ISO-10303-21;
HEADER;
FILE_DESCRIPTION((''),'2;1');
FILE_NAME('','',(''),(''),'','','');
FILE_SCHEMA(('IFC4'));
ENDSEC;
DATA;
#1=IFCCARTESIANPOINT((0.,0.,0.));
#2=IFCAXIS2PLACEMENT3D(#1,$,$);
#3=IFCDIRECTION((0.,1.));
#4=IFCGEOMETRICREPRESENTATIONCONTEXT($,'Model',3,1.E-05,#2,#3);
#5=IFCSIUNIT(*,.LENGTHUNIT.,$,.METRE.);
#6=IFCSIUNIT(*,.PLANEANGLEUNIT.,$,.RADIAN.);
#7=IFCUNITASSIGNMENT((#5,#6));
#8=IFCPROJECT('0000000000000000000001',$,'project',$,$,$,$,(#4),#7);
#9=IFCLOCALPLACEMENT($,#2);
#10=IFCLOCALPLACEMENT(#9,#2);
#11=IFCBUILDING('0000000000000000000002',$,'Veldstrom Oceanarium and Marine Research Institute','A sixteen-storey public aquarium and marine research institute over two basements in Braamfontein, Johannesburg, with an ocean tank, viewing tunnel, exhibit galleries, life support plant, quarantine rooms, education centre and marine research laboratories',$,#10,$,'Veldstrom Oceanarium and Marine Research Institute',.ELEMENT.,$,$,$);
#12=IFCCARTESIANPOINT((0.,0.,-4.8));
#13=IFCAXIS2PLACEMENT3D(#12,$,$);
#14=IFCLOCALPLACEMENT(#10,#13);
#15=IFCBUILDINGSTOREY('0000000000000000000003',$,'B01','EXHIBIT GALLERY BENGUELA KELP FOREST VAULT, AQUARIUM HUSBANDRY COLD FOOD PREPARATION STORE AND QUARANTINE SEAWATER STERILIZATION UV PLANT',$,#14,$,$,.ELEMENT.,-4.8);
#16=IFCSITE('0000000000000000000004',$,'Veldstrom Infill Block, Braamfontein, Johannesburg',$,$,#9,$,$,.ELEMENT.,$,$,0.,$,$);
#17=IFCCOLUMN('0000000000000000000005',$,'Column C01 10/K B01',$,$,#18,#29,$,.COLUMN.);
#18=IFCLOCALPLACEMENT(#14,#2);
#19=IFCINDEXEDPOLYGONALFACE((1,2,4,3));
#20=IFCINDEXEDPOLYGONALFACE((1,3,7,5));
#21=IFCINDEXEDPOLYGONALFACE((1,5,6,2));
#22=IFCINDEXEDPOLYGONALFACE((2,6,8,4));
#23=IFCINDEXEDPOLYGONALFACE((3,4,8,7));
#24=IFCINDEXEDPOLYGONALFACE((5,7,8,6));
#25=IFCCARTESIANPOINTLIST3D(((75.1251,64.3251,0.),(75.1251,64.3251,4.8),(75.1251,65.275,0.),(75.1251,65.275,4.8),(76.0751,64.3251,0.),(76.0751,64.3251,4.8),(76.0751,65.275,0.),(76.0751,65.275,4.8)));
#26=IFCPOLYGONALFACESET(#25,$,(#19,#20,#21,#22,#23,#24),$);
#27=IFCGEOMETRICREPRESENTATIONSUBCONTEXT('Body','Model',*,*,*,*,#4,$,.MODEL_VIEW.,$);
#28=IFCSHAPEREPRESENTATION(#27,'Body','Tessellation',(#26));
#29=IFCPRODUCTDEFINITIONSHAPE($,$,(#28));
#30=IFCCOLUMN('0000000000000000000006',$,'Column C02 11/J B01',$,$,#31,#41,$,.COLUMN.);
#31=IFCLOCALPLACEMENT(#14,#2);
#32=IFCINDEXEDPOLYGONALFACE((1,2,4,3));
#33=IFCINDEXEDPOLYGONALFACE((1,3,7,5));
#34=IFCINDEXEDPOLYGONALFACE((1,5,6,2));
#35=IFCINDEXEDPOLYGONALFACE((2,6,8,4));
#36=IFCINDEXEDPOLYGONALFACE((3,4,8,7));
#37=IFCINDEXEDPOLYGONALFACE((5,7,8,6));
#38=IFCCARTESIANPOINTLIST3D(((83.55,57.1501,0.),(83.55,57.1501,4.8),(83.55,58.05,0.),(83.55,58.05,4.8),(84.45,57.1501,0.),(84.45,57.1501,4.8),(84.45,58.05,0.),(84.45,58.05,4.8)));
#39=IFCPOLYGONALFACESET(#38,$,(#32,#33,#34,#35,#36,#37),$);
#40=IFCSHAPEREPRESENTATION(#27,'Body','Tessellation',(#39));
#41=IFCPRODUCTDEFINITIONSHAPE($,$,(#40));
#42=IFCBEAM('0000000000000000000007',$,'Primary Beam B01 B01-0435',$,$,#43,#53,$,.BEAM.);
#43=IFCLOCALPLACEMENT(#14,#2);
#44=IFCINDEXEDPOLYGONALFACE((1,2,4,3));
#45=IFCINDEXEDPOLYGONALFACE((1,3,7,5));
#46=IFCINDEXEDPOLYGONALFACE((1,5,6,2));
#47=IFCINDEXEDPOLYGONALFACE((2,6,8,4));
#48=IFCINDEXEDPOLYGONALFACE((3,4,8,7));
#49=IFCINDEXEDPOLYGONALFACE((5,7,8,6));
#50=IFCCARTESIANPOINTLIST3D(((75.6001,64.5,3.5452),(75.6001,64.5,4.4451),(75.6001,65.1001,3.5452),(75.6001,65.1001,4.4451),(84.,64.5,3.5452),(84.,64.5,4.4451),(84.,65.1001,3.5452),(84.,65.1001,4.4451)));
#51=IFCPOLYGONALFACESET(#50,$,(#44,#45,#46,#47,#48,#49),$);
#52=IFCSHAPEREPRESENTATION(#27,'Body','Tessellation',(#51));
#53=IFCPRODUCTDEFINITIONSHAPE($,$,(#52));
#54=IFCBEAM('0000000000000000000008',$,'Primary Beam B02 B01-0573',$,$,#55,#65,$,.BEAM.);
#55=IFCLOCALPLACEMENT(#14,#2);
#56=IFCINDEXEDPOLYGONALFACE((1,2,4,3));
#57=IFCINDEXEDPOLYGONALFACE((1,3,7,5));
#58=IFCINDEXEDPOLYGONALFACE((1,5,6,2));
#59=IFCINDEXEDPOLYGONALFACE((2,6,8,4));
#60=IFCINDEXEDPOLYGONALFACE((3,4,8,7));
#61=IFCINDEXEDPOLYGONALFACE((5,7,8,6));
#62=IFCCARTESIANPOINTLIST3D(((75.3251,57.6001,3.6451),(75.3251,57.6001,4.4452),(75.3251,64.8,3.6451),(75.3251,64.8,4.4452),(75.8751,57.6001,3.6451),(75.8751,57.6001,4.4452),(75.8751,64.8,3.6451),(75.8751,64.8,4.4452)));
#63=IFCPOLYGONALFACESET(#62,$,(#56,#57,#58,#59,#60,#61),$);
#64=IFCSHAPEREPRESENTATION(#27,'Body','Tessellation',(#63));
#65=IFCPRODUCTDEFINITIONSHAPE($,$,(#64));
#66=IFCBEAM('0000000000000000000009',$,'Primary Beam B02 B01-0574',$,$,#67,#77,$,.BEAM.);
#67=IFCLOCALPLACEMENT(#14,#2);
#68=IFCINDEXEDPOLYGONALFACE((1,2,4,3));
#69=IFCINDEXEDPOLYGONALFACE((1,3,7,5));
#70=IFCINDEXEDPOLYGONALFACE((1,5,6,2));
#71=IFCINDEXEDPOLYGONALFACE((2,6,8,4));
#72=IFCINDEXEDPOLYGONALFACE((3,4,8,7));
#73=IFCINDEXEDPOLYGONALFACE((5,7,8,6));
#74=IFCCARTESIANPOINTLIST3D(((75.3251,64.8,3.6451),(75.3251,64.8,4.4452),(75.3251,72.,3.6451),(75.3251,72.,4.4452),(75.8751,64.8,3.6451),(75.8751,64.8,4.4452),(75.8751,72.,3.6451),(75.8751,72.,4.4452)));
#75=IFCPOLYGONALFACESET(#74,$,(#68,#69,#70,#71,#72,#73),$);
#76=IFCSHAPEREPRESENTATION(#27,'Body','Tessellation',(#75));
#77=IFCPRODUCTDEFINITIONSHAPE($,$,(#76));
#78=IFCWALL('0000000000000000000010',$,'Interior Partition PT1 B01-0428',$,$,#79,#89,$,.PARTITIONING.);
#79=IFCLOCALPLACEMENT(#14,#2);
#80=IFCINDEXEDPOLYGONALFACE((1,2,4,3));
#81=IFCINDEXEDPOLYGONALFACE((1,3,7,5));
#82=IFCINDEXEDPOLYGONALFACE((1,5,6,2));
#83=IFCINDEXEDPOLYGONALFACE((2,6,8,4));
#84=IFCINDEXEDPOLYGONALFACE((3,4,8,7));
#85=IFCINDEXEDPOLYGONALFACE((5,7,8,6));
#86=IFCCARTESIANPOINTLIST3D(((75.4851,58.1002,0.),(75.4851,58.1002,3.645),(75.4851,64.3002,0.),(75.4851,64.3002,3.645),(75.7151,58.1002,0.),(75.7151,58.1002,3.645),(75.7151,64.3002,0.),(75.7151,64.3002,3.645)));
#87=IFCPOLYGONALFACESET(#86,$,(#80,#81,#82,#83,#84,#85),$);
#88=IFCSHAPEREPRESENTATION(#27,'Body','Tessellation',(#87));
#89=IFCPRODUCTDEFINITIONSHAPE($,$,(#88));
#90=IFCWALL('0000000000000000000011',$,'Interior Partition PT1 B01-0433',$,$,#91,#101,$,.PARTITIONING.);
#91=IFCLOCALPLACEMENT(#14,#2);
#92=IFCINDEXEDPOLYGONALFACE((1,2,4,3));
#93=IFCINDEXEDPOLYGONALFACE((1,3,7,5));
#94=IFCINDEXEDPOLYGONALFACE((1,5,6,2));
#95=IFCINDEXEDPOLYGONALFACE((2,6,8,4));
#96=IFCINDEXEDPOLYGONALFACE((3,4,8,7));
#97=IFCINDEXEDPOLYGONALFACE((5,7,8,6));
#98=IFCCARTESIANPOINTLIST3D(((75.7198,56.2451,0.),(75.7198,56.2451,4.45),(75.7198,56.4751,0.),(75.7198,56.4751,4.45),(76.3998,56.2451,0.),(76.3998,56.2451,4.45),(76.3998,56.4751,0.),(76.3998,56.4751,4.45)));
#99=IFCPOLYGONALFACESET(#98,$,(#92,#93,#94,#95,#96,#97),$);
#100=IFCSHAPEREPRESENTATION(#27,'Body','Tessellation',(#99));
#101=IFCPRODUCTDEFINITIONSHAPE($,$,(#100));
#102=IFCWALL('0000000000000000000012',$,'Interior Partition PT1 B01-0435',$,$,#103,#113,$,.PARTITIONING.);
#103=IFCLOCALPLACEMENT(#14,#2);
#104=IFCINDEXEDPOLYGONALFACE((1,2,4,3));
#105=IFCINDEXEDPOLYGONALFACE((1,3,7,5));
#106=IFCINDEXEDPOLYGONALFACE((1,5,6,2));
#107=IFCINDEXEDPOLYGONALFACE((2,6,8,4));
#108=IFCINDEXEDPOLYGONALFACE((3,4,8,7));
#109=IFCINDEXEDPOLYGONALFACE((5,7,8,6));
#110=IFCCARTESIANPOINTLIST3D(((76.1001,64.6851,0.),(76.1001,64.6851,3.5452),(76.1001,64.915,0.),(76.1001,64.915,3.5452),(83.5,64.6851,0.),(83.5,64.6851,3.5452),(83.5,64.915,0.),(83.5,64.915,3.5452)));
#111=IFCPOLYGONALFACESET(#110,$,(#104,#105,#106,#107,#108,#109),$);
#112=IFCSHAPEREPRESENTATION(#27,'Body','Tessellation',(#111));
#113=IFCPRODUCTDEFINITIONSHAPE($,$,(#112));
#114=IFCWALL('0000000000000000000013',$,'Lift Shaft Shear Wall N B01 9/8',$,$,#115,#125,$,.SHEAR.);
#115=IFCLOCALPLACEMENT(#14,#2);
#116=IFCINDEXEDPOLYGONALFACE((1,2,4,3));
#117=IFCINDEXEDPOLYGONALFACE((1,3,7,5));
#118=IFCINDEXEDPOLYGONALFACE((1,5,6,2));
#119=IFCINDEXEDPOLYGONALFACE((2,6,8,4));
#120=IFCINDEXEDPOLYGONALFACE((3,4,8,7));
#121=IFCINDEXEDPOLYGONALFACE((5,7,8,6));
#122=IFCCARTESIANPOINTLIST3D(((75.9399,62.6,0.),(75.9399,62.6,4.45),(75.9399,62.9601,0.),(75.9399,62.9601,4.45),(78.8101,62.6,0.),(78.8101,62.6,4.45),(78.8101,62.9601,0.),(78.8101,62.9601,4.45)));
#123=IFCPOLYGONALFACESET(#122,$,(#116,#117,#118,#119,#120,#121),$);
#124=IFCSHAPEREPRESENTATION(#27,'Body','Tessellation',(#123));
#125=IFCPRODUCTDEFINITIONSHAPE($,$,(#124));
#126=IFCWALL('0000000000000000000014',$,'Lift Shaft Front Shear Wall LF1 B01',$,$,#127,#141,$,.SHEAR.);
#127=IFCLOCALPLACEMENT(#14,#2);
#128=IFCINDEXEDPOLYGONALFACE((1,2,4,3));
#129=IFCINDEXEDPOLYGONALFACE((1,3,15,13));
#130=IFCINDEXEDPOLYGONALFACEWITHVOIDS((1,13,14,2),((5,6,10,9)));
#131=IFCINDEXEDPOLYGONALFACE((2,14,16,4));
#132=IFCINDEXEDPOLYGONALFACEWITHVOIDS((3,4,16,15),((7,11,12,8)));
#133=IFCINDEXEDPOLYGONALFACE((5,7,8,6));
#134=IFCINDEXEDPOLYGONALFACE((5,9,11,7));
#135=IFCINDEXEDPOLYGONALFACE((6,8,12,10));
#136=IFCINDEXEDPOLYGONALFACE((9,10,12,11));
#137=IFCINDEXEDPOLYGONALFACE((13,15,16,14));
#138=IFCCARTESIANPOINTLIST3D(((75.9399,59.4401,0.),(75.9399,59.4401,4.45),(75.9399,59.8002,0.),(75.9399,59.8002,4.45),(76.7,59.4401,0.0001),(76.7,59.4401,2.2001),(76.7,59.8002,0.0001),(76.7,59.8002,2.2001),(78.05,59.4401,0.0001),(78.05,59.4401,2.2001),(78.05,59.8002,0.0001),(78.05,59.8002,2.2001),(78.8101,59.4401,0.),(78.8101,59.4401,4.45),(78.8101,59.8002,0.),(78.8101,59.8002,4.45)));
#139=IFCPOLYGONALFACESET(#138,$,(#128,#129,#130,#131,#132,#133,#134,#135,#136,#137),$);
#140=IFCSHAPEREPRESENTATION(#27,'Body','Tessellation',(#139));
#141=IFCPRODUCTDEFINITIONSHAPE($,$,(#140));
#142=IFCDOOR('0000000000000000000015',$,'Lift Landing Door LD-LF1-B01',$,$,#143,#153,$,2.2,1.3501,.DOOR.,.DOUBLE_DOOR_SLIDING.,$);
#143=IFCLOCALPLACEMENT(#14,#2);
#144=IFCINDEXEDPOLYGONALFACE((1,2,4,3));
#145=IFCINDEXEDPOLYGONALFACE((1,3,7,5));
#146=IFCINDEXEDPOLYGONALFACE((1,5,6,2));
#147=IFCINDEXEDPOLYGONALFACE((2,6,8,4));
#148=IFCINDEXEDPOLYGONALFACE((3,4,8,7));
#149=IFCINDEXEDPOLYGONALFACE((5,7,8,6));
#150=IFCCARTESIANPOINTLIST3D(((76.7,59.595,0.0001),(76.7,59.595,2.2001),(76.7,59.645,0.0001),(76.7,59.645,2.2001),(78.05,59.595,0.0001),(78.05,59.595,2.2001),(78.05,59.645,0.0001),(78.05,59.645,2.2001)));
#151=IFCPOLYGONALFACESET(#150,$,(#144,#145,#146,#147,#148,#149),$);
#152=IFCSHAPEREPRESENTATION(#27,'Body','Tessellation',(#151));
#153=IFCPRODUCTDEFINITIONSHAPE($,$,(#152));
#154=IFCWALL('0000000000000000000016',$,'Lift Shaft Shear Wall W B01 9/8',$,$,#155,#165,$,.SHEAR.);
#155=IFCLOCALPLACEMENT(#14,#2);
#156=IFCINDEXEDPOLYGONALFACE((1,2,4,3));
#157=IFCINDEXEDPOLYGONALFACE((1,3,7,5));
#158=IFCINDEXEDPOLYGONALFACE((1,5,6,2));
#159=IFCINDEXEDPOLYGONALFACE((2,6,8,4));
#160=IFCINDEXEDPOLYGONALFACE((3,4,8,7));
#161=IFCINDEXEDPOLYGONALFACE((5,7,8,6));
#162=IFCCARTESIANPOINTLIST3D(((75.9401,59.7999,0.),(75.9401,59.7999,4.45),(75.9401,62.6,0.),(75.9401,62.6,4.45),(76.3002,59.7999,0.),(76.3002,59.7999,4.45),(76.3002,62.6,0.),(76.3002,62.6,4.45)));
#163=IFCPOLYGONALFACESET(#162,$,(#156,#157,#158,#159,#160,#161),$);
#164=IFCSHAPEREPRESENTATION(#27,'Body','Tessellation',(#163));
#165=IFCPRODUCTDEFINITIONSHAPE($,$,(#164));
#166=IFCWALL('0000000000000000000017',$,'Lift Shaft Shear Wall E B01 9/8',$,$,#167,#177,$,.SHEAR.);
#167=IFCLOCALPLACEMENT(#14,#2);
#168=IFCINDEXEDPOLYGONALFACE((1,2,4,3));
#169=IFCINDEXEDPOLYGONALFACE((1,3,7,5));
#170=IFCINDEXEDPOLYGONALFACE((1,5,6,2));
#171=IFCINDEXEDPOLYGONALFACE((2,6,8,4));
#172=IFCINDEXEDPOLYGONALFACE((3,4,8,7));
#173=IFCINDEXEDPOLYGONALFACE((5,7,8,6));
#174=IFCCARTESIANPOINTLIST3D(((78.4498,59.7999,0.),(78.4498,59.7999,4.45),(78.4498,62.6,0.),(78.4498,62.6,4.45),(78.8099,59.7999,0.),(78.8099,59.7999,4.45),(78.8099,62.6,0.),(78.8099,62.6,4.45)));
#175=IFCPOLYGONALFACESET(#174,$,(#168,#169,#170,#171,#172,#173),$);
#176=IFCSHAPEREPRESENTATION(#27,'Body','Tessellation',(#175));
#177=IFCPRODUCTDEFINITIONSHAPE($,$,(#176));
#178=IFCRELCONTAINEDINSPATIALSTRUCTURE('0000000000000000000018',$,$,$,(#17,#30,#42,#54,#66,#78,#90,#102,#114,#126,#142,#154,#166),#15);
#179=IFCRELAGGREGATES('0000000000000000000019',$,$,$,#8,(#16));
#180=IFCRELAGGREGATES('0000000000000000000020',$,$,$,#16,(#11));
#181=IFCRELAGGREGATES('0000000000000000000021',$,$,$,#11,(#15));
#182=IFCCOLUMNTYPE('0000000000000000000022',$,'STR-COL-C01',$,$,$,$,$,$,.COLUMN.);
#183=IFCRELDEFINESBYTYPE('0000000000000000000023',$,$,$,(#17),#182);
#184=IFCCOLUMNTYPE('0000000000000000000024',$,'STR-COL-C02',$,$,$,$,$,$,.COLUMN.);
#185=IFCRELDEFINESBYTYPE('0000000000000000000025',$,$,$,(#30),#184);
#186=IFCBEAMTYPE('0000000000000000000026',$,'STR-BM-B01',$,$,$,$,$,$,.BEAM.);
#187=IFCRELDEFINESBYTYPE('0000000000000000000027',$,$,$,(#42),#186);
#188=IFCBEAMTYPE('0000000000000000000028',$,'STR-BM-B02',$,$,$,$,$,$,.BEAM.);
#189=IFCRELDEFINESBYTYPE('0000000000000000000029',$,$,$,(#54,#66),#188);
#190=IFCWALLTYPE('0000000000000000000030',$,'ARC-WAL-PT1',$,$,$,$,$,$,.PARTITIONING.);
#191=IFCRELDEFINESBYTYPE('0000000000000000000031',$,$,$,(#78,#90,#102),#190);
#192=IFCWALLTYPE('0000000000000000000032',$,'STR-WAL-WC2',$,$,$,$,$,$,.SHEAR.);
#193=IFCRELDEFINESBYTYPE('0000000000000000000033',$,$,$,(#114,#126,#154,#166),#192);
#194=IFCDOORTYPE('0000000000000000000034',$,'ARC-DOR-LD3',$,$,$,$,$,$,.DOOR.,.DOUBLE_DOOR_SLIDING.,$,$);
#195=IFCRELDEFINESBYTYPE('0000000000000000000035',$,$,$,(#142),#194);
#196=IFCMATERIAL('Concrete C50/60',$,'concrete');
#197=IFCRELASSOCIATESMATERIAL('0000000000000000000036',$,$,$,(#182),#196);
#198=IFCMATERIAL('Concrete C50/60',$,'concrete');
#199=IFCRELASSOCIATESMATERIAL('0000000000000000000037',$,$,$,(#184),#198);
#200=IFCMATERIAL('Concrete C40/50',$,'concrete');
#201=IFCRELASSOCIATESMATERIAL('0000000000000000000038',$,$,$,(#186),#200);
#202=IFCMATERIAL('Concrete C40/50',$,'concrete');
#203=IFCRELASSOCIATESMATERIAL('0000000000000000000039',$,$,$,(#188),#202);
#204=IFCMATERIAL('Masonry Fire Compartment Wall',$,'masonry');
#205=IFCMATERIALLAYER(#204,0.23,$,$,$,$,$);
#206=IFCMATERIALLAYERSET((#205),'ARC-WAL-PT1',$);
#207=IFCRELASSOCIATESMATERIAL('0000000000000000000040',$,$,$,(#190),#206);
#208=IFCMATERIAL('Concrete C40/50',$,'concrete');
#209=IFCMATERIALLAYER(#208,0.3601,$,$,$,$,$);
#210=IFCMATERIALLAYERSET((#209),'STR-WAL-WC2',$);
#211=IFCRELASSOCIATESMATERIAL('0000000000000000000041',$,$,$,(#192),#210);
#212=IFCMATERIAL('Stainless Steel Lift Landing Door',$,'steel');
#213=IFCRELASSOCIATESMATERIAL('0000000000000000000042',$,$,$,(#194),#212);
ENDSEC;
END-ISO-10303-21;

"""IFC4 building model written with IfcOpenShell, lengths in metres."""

from ifc_helpers import new_model, si_unit, direction, frame, frame_2d, origin, origin_2d, place, context, subcontext, project, spatial, rectangle, extrude, material, layer, layer_set, material_profile, profile_set, type_object, element, fill, save


model = new_model("IFC4")

# Units and contexts
model_context = context("Model", 3, precision=1e-05, world=origin(), true_north=direction((0.0, 1.0)))
body_context = subcontext(model_context, "Body", "Model", "MODEL_VIEW")
ifc_project = project(units=[si_unit("LENGTHUNIT", "METRE"), si_unit("PLANEANGLEUNIT", "RADIAN")], contexts=[model_context])

# Site, building, storey
site_placement = place(None, origin())
site = spatial("IfcSite", under=ifc_project, at=site_placement, Name="Veldstrom Infill Block, Braamfontein, Johannesburg", CompositionType="ELEMENT", RefElevation=0.0)
building_placement = place(site_placement, origin())
building = spatial("IfcBuilding", under=site, at=building_placement, Name="Veldstrom Oceanarium and Marine Research Institute", Description="A sixteen-storey public aquarium and marine research institute over two basements in Braamfontein, Johannesburg, with an ocean tank, viewing tunnel, exhibit galleries, life support plant, quarantine rooms, education centre and marine research laboratories", LongName="Veldstrom Oceanarium and Marine Research Institute", CompositionType="ELEMENT")
storey_placement = place(building_placement, frame((0.0, 0.0, -4.8)))
storey = spatial("IfcBuildingStorey", under=building, at=storey_placement, Name="B01", Description="EXHIBIT GALLERY BENGUELA KELP FOREST VAULT, AQUARIUM HUSBANDRY COLD FOOD PREPARATION STORE AND QUARANTINE SEAWATER STERILIZATION UV PLANT", CompositionType="ELEMENT", Elevation=-4.8)

# Columns
ifc_material_1 = material(Name="Concrete C50/60", Category="concrete")
ifc_material_profile_1 = material_profile(ifc_material_1, rectangle(XDim=0.95, YDim=0.95, at=origin_2d()), Name="RC-COL-950x950")
ifc_profile_set_1 = profile_set([ifc_material_profile_1], Name="Concrete C50/60")
column_type_1 = type_object("IfcColumnType", Name="STR-COL-C01", PredefinedType="COLUMN", material=ifc_profile_set_1)
column_1_placement = place(storey_placement, frame((75.6001, 64.8, 0.0), z_axis=(0.0, 0.0, 1.0), x_axis=(1.0, 0.0, 0.0)))
element("IfcColumn", 1, at=column_1_placement, inside=storey, type_object=column_type_1, Name="Column C01 10/K B01", PredefinedType="COLUMN", context=body_context, shape_type="SweptSolid", body=[
    extrude(rectangle(XDim=0.95, YDim=0.95, at=origin_2d()), origin(), (0.0, 0.0, 1.0), 4.8),
])
ifc_material_2 = material(Name="Concrete C50/60", Category="concrete")
ifc_material_profile_2 = material_profile(ifc_material_2, rectangle(XDim=0.8999, YDim=0.8999, at=origin_2d()), Name="RC-COL-900x900")
ifc_profile_set_2 = profile_set([ifc_material_profile_2], Name="Concrete C50/60")
column_type_2 = type_object("IfcColumnType", Name="STR-COL-C02", PredefinedType="COLUMN", material=ifc_profile_set_2)
column_2_placement = place(storey_placement, frame((84.0, 57.6001, 0.0), z_axis=(0.0, 0.0, 1.0), x_axis=(1.0, 0.0, 0.0)))
element("IfcColumn", 2, at=column_2_placement, inside=storey, type_object=column_type_2, Name="Column C02 11/J B01", PredefinedType="COLUMN", context=body_context, shape_type="SweptSolid", body=[
    extrude(rectangle(XDim=0.8999, YDim=0.8999, at=origin_2d()), origin(), (0.0, 0.0, 1.0), 4.8),
])

# Beams
ifc_material_3 = material(Name="Concrete C40/50", Category="concrete")
ifc_material_profile_3 = material_profile(ifc_material_3, rectangle(XDim=0.6001, YDim=0.8999, at=origin_2d()), Name="RC-BM-600x900")
ifc_profile_set_3 = profile_set([ifc_material_profile_3], Name="Concrete C40/50")
beam_type_1 = type_object("IfcBeamType", Name="STR-BM-B01", PredefinedType="BEAM", material=ifc_profile_set_3)
beam_placement = place(storey_placement, frame((75.6001, 64.8, 3.9951), z_axis=(1.0, 0.0, 0.0), x_axis=(0.0, 1.0, 0.0)))
element("IfcBeam", 3, at=beam_placement, inside=storey, type_object=beam_type_1, Name="Primary Beam B01 B01-0435", PredefinedType="BEAM", context=body_context, shape_type="SweptSolid", body=[
    extrude(rectangle(XDim=0.6001, YDim=0.8999, at=origin_2d()), origin(), (0.0, 0.0, 1.0), 8.3999),
])
ifc_material_4 = material(Name="Concrete C40/50", Category="concrete")
ifc_material_profile_4 = material_profile(ifc_material_4, rectangle(XDim=0.55, YDim=0.8, at=origin_2d()), Name="RC-BM-550x800")
ifc_profile_set_4 = profile_set([ifc_material_profile_4], Name="Concrete C40/50")
beam_type_2 = type_object("IfcBeamType", Name="STR-BM-B02", PredefinedType="BEAM", material=ifc_profile_set_4)
for number, where, z_axis, x_axis, name in (
    (4, (75.6001, 57.6001, 4.0452), (0.0, 1.0, 0.0), (-1.0, 0.0, 0.0), "Primary Beam B02 B01-0573"),
    (5, (75.6001, 64.8, 4.0452), (0.0, 1.0, 0.0), (-1.0, 0.0, 0.0), "Primary Beam B02 B01-0574"),
):
    element("IfcBeam", number, at=place(storey_placement, frame(where, z_axis=z_axis, x_axis=x_axis)), inside=storey, type_object=beam_type_2, Name=name, PredefinedType="BEAM", context=body_context, shape_type="SweptSolid", body=[
        extrude(rectangle(XDim=0.55, YDim=0.8, at=origin_2d()), origin(), (0.0, 0.0, 1.0), 7.2),
    ])

# Walls
ifc_material_5 = material(Name="Masonry Fire Compartment Wall", Category="masonry")
ifc_layer_1 = layer(ifc_material_5, 0.23)
ifc_layer_set_1 = layer_set([ifc_layer_1], Name="ARC-WAL-PT1")
wall_type_1 = type_object("IfcWallType", Name="ARC-WAL-PT1", PredefinedType="PARTITIONING", material=ifc_layer_set_1)
wall_1_placement = place(storey_placement, frame((75.6001, 58.1001, 0.0), z_axis=(0.0, 0.0, 1.0), x_axis=(0.0, 1.0, 0.0)))
element("IfcWall", 6, at=wall_1_placement, inside=storey, type_object=wall_type_1, Name="Interior Partition PT1 B01-0428", PredefinedType="PARTITIONING", context=body_context, shape_type="SweptSolid", body=[
    extrude(rectangle(XDim=6.2, YDim=0.23, at=frame_2d((3.1001, 0.0))), origin(), (0.0, 0.0, 1.0), 3.645),
])
wall_2_placement = place(storey_placement, frame((75.72, 56.3601, 0.0), z_axis=(0.0, 0.0, 1.0), x_axis=(1.0, 0.0, 0.0)))
element("IfcWall", 7, at=wall_2_placement, inside=storey, type_object=wall_type_1, Name="Interior Partition PT1 B01-0433", PredefinedType="PARTITIONING", context=body_context, shape_type="SweptSolid", body=[
    extrude(rectangle(XDim=0.6799, YDim=0.23, at=frame_2d((0.3398, 0.0))), origin(), (0.0, 0.0, 1.0), 4.45),
])
wall_3_placement = place(storey_placement, frame((76.1001, 64.8, 0.0), z_axis=(0.0, 0.0, 1.0), x_axis=(1.0, 0.0, 0.0)))
element("IfcWall", 8, at=wall_3_placement, inside=storey, type_object=wall_type_1, Name="Interior Partition PT1 B01-0435", PredefinedType="PARTITIONING", context=body_context, shape_type="SweptSolid", body=[
    extrude(rectangle(XDim=7.3999, YDim=0.23, at=frame_2d((3.7, 0.0))), origin(), (0.0, 0.0, 1.0), 3.5452),
])
ifc_material_6 = material(Name="Concrete C40/50", Category="concrete")
ifc_layer_2 = layer(ifc_material_6, 0.3601)
ifc_layer_set_2 = layer_set([ifc_layer_2], Name="STR-WAL-WC2")
wall_type_2 = type_object("IfcWallType", Name="STR-WAL-WC2", PredefinedType="SHEAR", material=ifc_layer_set_2)
wall_4_placement = place(storey_placement, frame((75.9399, 62.78, 0.0), z_axis=(0.0, 0.0, 1.0), x_axis=(1.0, 0.0, 0.0)))
element("IfcWall", 9, at=wall_4_placement, inside=storey, type_object=wall_type_2, Name="Lift Shaft Shear Wall N B01 9/8", PredefinedType="SHEAR", context=body_context, shape_type="SweptSolid", body=[
    extrude(rectangle(XDim=2.8701, YDim=0.3601, at=frame_2d((1.4351, 0.0))), origin(), (0.0, 0.0, 1.0), 4.45),
])

# Wall, opening, door
wall_5_placement = place(storey_placement, frame((75.9399, 59.6201, 0.0), z_axis=(0.0, 0.0, 1.0), x_axis=(1.0, 0.0, 0.0)))
wall_5 = element("IfcWall", 10, at=wall_5_placement, inside=storey, type_object=wall_type_2, Name="Lift Shaft Front Shear Wall LF1 B01", PredefinedType="SHEAR", context=body_context, shape_type="SweptSolid", body=[
    extrude(rectangle(XDim=2.8701, YDim=0.3601, at=frame_2d((1.4351, 0.0))), origin(), (0.0, 0.0, 1.0), 4.45),
])
opening_placement = place(wall_5_placement, frame((0.76, 0.0, 0.0)))
opening = element("IfcOpeningElement", 11, at=opening_placement, cuts=wall_5, PredefinedType="OPENING", context=body_context, shape_type="SweptSolid", body=[
    extrude(rectangle(XDim=1.3501, YDim=2.2, at=frame_2d((0.675, 1.1001))), frame((0.0, 0.1899, 0.0), z_axis=(0.0, -1.0, 0.0), x_axis=(1.0, 0.0, 0.0)), (0.0, 0.0, 1.0), 0.3801),
])
ifc_material_7 = material(Name="Stainless Steel Lift Landing Door", Category="steel")
door_type = type_object("IfcDoorType", Name="ARC-DOR-LD3", OperationType="DOUBLE_DOOR_SLIDING", PredefinedType="DOOR", material=ifc_material_7)
door_placement = place(opening_placement, origin())
door = element("IfcDoor", 12, at=door_placement, inside=storey, type_object=door_type, Name="Lift Landing Door LD-LF1-B01", OperationType="DOUBLE_DOOR_SLIDING", OverallHeight=2.2, OverallWidth=1.3501, PredefinedType="DOOR", context=body_context, shape_type="SweptSolid", body=[
    extrude(rectangle(XDim=1.3501, YDim=2.2, at=frame_2d((0.675, 1.1001))), frame((0.0, 0.0249, 0.0), z_axis=(0.0, -1.0, 0.0), x_axis=(1.0, 0.0, 0.0)), (0.0, 0.0, 1.0), 0.05),
])
fill(opening, door)

# Walls
for number, where, z_axis, x_axis, name in (
    (13, (76.1201, 59.8, 0.0), (0.0, 0.0, 1.0), (0.0, 1.0, 0.0), "Lift Shaft Shear Wall W B01 9/8"),
    (14, (78.6299, 59.8, 0.0), (0.0, 0.0, 1.0), (0.0, 1.0, 0.0), "Lift Shaft Shear Wall E B01 9/8"),
):
    element("IfcWall", number, at=place(storey_placement, frame(where, z_axis=z_axis, x_axis=x_axis)), inside=storey, type_object=wall_type_2, Name=name, PredefinedType="SHEAR", context=body_context, shape_type="SweptSolid", body=[
        extrude(rectangle(XDim=2.8, YDim=0.3601, at=frame_2d((1.3999, 0.0))), origin(), (0.0, 0.0, 1.0), 4.45),
    ])

save(model, "model.ifc")
